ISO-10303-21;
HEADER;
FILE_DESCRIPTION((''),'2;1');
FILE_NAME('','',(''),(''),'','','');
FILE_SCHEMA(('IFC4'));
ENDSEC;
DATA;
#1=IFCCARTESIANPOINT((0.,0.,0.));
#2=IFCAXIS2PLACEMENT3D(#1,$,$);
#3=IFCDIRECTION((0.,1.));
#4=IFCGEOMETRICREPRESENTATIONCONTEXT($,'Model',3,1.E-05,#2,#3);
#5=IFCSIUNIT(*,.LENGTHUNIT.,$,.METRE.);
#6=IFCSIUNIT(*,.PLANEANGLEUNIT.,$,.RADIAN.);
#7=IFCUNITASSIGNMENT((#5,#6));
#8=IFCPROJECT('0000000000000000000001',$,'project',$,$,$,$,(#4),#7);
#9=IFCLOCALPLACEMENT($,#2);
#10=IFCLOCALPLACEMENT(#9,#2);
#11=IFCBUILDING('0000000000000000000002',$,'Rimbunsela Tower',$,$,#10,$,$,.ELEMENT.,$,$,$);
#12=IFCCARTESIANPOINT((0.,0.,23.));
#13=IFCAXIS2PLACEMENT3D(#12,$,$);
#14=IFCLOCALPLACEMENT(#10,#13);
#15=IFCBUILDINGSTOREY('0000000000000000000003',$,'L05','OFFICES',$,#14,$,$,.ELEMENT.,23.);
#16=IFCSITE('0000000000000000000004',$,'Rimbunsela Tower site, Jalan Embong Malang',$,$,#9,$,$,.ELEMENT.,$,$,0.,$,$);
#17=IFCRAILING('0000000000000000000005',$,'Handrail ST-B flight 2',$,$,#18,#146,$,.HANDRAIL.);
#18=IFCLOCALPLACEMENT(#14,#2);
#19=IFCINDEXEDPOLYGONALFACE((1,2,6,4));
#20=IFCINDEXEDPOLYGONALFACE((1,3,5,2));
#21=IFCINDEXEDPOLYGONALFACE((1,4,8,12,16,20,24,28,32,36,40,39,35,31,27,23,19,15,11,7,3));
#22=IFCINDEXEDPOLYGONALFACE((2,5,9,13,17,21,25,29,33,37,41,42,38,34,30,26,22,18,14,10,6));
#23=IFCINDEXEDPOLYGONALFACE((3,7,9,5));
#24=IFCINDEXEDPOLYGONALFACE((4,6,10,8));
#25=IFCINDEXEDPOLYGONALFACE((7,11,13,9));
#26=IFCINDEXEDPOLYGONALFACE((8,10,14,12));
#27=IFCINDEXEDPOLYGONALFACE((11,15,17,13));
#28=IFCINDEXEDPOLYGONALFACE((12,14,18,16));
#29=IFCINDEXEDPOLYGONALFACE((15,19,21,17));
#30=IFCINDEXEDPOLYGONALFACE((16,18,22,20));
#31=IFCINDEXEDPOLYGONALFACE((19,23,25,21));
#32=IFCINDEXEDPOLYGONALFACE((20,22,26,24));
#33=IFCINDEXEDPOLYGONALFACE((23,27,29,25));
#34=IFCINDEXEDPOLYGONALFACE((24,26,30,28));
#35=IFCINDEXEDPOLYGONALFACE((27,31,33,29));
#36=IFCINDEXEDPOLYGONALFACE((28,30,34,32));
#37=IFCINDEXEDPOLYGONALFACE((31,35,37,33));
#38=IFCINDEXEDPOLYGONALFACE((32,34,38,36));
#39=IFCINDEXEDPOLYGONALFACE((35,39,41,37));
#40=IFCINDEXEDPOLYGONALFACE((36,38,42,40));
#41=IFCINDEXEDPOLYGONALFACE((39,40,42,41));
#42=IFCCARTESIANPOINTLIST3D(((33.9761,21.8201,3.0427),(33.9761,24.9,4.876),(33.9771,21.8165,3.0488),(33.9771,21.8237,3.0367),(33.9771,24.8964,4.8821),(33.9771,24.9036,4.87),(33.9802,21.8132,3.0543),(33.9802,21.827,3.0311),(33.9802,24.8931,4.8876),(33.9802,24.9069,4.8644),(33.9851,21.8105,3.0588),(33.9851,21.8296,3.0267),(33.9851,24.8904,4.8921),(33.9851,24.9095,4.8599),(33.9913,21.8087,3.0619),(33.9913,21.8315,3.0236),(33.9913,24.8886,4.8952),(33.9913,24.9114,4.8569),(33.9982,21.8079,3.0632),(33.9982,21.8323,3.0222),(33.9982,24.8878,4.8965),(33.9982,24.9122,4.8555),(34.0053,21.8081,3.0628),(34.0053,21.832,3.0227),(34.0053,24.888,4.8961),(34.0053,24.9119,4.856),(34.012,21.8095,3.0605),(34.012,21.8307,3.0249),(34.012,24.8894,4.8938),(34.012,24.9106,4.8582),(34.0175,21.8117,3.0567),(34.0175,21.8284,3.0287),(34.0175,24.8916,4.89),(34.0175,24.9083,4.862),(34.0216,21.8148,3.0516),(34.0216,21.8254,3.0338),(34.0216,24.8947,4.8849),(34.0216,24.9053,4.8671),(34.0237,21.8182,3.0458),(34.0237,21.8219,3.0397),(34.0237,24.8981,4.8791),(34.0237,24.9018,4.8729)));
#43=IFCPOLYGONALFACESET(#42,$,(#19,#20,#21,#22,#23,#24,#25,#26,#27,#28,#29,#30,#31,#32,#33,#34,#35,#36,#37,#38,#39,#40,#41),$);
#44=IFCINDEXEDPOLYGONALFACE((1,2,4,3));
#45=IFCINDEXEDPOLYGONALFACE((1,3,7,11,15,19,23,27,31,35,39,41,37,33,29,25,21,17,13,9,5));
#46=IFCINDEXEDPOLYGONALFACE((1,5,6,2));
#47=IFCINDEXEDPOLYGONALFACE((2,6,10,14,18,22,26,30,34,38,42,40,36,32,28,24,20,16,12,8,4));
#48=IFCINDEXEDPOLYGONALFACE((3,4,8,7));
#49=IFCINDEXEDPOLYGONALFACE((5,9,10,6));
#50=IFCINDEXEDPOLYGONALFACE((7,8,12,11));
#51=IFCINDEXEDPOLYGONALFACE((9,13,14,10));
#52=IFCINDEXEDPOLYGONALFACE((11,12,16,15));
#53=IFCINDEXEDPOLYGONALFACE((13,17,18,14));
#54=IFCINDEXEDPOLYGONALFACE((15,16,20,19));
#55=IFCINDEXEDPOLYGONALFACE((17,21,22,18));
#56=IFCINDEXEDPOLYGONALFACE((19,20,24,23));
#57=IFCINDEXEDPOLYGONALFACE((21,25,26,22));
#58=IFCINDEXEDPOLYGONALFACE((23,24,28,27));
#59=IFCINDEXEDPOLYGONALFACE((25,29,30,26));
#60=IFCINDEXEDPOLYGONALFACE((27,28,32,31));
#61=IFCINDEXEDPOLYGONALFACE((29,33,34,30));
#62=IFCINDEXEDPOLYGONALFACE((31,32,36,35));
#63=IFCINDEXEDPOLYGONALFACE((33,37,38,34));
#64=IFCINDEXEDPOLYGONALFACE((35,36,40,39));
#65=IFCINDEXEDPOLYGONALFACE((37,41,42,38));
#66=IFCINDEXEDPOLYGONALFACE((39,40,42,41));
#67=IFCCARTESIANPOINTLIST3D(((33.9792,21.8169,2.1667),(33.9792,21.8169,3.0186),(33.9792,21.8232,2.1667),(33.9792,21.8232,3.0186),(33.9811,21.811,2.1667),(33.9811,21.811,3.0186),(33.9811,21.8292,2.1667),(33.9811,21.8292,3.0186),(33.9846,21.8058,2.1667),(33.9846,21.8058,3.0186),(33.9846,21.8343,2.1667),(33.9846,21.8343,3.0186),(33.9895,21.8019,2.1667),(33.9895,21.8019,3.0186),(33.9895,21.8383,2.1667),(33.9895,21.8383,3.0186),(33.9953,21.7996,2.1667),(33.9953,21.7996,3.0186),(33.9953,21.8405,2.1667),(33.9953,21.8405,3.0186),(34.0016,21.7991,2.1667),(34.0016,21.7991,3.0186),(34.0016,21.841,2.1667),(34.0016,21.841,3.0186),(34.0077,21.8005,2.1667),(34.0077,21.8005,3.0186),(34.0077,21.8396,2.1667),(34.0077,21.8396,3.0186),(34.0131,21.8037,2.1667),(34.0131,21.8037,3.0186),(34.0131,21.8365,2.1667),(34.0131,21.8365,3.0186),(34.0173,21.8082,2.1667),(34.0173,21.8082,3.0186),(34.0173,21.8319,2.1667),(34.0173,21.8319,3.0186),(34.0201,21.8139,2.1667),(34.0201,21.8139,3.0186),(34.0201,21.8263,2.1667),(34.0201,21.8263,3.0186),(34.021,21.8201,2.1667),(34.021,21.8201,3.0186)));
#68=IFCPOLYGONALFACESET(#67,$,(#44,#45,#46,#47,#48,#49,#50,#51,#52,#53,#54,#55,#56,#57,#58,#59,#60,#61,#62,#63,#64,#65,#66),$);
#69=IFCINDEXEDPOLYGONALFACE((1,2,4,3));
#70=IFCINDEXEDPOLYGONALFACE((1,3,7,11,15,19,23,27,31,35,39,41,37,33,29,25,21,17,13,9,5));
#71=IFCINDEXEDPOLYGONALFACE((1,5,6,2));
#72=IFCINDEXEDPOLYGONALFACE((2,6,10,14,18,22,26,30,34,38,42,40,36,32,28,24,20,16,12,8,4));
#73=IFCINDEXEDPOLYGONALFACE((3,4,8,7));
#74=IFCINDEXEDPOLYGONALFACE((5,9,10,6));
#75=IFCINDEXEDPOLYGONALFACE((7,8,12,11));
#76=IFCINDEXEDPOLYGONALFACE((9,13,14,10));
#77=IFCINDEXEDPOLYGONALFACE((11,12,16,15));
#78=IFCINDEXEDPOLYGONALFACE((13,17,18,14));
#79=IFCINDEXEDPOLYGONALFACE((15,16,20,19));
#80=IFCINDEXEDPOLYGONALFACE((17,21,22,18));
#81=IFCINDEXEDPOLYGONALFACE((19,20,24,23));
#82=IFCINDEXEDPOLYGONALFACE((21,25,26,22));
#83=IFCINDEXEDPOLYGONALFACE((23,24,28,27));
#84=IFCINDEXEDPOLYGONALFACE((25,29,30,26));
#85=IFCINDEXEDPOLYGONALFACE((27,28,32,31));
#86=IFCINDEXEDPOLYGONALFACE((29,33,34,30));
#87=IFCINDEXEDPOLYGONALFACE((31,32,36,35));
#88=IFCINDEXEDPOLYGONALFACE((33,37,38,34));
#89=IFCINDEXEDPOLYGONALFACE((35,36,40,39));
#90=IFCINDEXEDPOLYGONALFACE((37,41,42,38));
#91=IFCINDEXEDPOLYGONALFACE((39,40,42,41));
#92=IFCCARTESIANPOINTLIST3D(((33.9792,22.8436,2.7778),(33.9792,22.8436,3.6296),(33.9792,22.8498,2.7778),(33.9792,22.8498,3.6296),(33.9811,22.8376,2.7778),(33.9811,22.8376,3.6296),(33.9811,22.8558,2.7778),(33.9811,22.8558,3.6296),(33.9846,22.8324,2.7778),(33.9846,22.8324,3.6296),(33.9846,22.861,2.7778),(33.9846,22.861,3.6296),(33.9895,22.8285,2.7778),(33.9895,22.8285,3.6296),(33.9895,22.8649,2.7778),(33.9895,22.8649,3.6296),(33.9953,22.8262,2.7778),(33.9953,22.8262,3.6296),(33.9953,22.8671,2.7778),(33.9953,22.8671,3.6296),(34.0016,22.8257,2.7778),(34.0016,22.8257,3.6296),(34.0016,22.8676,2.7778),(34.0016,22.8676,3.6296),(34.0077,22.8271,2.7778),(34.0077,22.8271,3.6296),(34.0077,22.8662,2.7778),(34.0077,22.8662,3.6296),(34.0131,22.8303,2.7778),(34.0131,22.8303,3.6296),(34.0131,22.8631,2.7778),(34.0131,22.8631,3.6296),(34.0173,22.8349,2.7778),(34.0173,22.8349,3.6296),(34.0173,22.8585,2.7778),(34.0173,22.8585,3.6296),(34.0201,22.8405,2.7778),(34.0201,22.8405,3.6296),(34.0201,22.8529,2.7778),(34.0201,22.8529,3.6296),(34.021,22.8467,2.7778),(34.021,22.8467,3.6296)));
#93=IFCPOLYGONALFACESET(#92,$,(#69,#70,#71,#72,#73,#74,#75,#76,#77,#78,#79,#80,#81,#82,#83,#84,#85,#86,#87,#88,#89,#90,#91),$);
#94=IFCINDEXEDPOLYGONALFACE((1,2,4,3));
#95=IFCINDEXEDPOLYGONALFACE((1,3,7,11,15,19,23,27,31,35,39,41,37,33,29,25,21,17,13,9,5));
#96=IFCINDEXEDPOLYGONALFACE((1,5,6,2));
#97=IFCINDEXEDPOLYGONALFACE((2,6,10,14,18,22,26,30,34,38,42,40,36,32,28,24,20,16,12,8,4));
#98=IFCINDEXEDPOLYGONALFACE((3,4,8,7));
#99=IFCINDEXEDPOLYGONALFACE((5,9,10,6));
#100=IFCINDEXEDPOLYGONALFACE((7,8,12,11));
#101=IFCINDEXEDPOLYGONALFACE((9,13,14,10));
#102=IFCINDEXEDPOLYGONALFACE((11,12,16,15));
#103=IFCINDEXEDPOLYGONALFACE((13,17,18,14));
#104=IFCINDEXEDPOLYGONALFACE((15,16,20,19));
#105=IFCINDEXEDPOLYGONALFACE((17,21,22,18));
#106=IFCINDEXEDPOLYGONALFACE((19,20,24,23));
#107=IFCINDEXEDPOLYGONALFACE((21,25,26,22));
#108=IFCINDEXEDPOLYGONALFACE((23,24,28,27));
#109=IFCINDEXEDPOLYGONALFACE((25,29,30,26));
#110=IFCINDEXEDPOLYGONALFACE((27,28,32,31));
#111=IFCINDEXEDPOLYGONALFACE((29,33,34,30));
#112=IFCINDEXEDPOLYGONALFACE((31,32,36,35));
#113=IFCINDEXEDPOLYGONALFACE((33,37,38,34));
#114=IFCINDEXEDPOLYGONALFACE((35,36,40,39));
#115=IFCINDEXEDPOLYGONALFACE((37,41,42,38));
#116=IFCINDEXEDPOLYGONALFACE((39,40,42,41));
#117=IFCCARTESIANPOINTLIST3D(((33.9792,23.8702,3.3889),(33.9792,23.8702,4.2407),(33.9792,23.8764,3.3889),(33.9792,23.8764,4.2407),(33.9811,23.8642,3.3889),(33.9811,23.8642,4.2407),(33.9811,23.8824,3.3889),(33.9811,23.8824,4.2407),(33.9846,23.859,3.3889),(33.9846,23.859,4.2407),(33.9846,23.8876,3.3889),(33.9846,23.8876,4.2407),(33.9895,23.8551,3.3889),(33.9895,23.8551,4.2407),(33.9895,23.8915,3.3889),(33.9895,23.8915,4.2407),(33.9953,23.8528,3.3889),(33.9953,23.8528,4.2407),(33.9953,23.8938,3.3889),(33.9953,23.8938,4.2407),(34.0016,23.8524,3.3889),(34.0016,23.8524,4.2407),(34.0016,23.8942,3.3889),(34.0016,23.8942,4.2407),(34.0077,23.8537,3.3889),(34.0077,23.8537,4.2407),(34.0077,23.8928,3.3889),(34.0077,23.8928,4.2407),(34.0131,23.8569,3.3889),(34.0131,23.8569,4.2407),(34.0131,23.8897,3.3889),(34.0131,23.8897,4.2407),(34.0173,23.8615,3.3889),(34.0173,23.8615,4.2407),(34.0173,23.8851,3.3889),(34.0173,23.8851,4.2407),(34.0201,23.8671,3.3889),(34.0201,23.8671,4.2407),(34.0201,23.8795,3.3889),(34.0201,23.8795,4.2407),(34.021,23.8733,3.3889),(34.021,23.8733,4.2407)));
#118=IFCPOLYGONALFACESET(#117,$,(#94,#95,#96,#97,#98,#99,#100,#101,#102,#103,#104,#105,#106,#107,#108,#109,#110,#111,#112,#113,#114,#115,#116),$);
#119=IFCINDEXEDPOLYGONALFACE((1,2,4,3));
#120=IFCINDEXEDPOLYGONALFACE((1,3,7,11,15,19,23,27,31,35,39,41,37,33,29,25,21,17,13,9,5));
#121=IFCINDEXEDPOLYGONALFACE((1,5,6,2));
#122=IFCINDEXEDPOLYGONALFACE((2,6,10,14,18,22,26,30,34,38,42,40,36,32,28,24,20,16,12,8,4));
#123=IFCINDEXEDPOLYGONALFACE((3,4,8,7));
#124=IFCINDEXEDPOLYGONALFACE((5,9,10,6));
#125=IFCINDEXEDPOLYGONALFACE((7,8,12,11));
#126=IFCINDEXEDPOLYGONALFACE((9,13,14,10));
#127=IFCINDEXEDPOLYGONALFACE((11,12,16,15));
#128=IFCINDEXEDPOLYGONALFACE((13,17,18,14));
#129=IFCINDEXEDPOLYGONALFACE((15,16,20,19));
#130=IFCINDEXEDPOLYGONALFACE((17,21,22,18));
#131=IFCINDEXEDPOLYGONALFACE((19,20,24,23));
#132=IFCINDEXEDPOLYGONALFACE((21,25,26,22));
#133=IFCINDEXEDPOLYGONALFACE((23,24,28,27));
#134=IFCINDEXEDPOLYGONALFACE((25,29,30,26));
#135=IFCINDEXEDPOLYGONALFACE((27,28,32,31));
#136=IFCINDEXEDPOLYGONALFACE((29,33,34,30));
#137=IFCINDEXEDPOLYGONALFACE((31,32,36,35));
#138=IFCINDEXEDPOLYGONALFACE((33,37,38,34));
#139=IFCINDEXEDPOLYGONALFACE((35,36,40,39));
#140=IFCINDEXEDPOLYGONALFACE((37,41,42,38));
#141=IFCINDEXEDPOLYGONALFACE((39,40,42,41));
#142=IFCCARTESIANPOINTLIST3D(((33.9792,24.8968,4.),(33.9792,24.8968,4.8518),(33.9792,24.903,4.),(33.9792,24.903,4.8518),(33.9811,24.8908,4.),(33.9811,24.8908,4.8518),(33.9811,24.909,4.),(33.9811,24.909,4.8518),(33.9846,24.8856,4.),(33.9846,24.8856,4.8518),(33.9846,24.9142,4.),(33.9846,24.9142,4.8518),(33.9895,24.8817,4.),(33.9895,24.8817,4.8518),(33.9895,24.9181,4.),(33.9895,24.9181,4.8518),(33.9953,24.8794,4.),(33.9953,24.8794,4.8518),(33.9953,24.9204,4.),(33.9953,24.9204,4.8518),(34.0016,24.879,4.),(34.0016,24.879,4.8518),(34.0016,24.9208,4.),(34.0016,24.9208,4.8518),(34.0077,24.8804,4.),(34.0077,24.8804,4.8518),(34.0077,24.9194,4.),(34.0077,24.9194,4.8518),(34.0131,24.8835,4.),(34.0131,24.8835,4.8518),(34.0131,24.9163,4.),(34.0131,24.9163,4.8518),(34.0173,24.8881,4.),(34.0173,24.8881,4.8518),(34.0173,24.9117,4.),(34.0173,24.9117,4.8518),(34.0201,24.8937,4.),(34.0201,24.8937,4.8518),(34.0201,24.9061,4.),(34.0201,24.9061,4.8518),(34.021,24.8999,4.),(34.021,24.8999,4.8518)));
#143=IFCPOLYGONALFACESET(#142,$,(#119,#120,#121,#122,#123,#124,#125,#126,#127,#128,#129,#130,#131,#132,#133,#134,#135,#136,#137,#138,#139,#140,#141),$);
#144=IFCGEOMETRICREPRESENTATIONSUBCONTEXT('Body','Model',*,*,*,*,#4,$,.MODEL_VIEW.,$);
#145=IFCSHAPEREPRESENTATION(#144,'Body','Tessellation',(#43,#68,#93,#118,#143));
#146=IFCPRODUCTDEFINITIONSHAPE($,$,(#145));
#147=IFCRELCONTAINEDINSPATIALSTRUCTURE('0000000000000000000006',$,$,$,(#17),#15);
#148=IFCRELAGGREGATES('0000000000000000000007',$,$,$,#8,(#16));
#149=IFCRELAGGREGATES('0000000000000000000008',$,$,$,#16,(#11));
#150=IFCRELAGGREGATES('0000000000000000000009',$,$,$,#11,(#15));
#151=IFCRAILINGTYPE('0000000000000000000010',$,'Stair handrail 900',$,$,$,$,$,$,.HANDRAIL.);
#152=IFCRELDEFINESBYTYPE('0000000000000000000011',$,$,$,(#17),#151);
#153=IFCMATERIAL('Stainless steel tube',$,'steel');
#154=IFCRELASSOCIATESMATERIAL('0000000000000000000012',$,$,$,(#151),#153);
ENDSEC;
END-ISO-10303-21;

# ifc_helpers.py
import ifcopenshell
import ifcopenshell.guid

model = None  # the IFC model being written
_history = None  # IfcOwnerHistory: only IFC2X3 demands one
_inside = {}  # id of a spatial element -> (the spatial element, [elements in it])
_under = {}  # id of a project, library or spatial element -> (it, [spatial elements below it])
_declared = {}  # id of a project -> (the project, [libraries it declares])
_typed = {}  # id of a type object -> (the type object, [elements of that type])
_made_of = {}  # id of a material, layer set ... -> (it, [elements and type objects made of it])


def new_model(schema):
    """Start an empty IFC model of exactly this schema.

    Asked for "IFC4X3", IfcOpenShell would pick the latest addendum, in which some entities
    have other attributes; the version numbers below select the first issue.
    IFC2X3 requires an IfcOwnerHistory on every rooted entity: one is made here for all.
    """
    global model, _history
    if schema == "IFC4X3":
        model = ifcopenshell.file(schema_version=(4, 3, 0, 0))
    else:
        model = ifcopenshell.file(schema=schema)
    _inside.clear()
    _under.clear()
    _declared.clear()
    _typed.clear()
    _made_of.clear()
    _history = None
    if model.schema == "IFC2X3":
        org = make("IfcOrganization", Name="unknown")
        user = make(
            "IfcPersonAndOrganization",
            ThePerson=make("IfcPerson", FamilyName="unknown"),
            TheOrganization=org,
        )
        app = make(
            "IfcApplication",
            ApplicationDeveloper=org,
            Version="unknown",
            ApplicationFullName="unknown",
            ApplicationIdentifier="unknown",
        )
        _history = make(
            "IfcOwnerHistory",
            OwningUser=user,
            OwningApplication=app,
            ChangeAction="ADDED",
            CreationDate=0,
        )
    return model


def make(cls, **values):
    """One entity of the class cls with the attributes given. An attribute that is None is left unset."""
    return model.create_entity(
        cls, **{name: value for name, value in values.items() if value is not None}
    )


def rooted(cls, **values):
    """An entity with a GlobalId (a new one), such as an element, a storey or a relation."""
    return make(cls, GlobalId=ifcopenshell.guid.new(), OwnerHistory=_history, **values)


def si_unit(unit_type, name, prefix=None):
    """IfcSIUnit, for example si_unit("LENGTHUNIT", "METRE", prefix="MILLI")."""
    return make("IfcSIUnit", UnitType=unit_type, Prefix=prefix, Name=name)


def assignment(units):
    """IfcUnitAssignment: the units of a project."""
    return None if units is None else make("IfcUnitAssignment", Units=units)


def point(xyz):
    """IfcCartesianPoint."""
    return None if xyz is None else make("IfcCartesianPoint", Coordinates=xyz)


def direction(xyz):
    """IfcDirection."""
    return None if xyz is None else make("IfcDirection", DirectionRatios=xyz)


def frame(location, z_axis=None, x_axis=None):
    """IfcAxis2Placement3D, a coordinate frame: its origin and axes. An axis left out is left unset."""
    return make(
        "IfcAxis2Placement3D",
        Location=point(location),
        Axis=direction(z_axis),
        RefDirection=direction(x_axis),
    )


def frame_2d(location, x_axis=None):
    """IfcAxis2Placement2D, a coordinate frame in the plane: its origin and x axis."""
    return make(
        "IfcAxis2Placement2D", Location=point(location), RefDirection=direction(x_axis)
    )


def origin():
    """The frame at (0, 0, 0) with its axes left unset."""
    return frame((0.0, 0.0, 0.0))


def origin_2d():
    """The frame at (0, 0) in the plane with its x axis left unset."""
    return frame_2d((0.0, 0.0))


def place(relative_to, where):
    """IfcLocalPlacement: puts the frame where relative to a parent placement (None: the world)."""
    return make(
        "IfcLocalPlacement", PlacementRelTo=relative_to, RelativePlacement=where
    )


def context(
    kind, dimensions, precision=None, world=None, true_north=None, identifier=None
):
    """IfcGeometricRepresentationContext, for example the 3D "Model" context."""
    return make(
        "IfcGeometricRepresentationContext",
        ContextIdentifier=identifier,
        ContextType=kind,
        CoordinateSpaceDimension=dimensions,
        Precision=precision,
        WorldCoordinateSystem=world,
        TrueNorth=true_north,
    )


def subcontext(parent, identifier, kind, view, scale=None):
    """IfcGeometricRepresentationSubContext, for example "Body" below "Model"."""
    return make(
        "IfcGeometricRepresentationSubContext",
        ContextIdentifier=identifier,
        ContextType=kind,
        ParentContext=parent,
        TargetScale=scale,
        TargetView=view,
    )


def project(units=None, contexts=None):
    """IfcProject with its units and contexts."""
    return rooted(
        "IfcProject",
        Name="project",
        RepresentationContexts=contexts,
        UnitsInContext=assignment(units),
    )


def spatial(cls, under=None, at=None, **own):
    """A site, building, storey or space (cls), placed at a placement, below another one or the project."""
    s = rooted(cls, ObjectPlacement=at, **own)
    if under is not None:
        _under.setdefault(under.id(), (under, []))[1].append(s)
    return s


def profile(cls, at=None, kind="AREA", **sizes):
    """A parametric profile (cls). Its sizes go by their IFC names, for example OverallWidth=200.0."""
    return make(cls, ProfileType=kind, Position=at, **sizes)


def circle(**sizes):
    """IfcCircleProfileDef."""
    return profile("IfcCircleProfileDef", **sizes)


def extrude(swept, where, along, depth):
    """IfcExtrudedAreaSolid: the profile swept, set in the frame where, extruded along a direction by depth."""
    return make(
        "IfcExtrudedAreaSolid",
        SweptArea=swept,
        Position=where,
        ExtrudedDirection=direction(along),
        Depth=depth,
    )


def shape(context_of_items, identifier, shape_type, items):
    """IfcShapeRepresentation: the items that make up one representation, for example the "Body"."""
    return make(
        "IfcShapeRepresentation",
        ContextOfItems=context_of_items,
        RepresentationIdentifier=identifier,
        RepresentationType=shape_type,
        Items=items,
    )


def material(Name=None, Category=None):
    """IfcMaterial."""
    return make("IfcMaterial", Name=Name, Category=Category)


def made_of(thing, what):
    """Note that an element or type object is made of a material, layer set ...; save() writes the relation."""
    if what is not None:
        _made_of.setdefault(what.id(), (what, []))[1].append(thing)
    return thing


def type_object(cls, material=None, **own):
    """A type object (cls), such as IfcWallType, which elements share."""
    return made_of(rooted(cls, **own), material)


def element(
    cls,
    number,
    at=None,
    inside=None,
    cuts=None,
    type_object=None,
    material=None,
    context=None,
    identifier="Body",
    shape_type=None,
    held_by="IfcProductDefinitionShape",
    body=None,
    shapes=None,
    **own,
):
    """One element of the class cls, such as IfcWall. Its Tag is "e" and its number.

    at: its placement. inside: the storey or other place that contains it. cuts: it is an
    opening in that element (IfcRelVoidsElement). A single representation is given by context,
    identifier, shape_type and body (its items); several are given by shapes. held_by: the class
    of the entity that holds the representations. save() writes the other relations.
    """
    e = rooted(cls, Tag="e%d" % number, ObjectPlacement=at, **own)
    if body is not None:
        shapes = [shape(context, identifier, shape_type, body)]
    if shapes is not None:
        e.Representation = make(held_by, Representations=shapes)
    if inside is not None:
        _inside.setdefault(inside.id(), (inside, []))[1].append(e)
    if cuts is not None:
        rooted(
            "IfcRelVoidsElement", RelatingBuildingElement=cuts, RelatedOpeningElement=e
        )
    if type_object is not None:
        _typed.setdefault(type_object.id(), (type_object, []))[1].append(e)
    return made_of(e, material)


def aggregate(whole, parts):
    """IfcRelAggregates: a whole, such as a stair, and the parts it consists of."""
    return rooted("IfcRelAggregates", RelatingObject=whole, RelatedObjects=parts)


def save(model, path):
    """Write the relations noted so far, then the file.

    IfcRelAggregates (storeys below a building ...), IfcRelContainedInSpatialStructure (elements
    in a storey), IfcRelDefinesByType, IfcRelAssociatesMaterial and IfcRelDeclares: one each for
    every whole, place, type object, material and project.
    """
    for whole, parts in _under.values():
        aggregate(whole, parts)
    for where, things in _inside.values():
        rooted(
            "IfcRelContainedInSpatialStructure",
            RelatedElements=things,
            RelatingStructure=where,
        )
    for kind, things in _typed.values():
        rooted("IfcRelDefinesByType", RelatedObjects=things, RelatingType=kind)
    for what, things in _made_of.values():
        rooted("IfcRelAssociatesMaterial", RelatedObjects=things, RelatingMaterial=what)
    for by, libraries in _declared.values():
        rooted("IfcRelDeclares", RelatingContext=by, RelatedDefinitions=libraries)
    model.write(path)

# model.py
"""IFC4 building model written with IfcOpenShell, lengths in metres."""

from ifc_helpers import new_model, si_unit, direction, frame, origin, origin_2d, place, context, subcontext, project, spatial, circle, extrude, material, type_object, element, save


model = new_model("IFC4")

# Units and contexts
model_context = context("Model", 3, precision=1e-05, world=origin(), true_north=direction((0.0, 1.0)))
body_context = subcontext(model_context, "Body", "Model", "MODEL_VIEW")
ifc_project = project(units=[si_unit("LENGTHUNIT", "METRE"), si_unit("PLANEANGLEUNIT", "RADIAN")], contexts=[model_context])

# Site, building, storey
site_placement = place(None, origin())
site = spatial("IfcSite", under=ifc_project, at=site_placement, Name="Rimbunsela Tower site, Jalan Embong Malang", CompositionType="ELEMENT", RefElevation=0.0)
building_placement = place(site_placement, origin())
building = spatial("IfcBuilding", under=site, at=building_placement, Name="Rimbunsela Tower", CompositionType="ELEMENT")
storey_placement = place(building_placement, frame((0.0, 0.0, 23.0)))
storey = spatial("IfcBuildingStorey", under=building, at=storey_placement, Name="L05", Description="OFFICES", CompositionType="ELEMENT", Elevation=23.0)

# Railing
ifc_material_1 = material(Name="Stainless steel tube", Category="steel")
railing_type = type_object("IfcRailingType", Name="Stair handrail 900", PredefinedType="HANDRAIL", material=ifc_material_1)
railing_1_placement = place(storey_placement, frame((34.0, 21.8201, 2.1667)))
element("IfcRailing", 1, at=railing_1_placement, inside=storey, type_object=railing_type, Name="Handrail ST-B flight 2", PredefinedType="HANDRAIL", context=body_context, shape_type="SweptSolid", body=[
    extrude(circle(Radius=0.0239, at=origin_2d()), frame((0.0, 0.0, 0.876), z_axis=(0.0, 0.859291, 0.511487), x_axis=(-1.0, 0.0, 0.0)), (0.0, 0.0, 1.0), 3.5842),
    extrude(circle(Radius=0.021, at=origin_2d()), origin(), (0.0, 0.0, 1.0), 0.8518),
    extrude(circle(Radius=0.021, at=origin_2d()), frame((0.0, 1.0266, 0.6111)), (0.0, 0.0, 1.0), 0.8518),
    extrude(circle(Radius=0.021, at=origin_2d()), frame((0.0, 2.0532, 1.2222)), (0.0, 0.0, 1.0), 0.8518),
    extrude(circle(Radius=0.021, at=origin_2d()), frame((0.0, 3.0798, 1.8333)), (0.0, 0.0, 1.0), 0.8518),
])

save(model, "model.ifc")
